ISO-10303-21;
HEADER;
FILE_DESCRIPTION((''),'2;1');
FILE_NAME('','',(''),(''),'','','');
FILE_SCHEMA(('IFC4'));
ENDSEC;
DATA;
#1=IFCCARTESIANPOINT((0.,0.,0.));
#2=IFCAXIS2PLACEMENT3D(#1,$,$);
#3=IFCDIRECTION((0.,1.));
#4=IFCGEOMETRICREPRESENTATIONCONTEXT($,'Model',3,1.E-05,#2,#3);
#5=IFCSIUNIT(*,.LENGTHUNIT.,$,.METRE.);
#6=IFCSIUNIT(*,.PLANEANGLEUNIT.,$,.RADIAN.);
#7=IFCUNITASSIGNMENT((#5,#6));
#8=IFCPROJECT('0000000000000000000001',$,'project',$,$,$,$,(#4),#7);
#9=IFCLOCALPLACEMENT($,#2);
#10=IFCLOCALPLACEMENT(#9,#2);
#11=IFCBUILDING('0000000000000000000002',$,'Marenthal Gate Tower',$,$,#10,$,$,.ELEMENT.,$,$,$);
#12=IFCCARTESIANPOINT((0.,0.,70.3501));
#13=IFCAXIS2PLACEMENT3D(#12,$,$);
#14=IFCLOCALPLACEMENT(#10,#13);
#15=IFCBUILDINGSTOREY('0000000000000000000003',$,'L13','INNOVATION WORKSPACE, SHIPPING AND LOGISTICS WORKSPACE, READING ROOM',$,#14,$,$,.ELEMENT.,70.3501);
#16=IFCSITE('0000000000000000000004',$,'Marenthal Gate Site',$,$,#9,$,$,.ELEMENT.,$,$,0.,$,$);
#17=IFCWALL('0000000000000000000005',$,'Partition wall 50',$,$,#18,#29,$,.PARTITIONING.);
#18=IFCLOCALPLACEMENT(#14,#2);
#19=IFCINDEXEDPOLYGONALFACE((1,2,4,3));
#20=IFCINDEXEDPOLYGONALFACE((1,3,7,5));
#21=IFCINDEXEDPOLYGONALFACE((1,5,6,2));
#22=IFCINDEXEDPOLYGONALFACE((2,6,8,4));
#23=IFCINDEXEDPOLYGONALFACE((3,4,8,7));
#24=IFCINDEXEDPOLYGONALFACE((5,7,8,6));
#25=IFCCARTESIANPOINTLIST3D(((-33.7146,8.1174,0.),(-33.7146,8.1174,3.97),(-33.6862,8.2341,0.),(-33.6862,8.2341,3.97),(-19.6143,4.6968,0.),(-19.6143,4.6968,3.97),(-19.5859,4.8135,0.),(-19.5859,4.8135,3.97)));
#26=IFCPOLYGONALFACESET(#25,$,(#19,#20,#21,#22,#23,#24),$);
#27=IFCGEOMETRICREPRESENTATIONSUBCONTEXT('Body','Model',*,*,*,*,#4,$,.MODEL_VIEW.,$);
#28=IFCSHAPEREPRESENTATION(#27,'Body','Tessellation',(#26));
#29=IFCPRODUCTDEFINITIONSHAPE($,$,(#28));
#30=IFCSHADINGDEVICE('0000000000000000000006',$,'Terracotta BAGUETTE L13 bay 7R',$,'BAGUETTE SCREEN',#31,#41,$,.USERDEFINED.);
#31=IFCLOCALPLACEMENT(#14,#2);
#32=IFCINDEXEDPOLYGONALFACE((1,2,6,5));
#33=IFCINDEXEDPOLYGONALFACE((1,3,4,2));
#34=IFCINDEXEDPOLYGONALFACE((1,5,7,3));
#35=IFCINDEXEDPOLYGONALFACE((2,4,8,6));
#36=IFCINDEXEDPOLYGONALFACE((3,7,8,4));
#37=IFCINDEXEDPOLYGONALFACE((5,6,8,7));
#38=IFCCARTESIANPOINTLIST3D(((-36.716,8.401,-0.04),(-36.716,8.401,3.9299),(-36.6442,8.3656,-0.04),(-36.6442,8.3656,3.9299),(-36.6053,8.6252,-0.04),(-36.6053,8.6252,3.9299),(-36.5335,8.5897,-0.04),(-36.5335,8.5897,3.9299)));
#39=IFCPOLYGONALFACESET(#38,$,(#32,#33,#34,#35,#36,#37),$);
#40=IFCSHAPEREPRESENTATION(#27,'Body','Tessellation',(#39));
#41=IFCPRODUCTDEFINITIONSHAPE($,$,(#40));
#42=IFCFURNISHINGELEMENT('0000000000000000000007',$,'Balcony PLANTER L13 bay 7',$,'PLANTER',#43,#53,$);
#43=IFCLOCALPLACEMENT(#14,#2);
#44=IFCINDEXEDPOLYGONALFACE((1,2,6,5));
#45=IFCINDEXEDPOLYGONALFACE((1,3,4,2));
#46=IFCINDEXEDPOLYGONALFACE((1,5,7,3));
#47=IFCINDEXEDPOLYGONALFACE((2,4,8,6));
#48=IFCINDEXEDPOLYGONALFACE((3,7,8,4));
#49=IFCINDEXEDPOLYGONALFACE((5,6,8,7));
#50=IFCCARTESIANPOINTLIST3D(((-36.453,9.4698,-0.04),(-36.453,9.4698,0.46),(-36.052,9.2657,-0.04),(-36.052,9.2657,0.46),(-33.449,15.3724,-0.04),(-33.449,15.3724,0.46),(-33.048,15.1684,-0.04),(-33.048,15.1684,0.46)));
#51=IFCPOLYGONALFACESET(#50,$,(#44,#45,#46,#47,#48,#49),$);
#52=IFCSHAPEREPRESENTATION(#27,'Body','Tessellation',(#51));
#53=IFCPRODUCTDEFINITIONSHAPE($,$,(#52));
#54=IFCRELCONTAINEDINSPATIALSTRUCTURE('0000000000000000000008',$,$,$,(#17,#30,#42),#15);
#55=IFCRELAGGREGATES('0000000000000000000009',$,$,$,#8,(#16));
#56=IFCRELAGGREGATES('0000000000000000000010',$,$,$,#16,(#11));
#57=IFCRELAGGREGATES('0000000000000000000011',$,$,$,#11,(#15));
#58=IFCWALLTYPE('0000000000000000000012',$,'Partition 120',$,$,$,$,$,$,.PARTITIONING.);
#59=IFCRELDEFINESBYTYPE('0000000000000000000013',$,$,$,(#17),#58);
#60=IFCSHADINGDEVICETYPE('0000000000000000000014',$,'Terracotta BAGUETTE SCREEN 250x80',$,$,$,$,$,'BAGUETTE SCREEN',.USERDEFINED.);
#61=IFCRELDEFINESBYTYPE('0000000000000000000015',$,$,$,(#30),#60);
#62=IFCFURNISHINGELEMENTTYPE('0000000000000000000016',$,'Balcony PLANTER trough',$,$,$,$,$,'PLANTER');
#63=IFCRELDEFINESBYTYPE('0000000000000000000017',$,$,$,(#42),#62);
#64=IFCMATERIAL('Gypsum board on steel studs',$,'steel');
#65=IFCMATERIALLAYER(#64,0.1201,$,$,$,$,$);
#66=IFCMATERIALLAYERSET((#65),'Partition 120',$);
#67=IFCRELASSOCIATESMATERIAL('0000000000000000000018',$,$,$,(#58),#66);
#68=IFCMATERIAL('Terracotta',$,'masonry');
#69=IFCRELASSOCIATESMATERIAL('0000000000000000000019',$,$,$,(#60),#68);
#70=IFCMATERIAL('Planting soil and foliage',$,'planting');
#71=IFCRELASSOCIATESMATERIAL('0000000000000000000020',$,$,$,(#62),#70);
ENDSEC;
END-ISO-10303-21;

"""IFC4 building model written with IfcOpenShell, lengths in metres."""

from ifc_helpers import new_model, si_unit, direction, frame, frame_2d, origin, origin_2d, place, context, subcontext, project, spatial, rectangle, extrude, material, layer, layer_set, material_profile, profile_set, type_object, element, save


model = new_model("IFC4")

# Units and contexts
model_context = context("Model", 3, precision=1e-05, world=origin(), true_north=direction((0.0, 1.0)))
body_context = subcontext(model_context, "Body", "Model", "MODEL_VIEW")
ifc_project = project(units=[si_unit("LENGTHUNIT", "METRE"), si_unit("PLANEANGLEUNIT", "RADIAN")], contexts=[model_context])

# Site, building, storey
site_placement = place(None, origin())
site = spatial("IfcSite", under=ifc_project, at=site_placement, Name="Marenthal Gate Site", CompositionType="ELEMENT", RefElevation=0.0)
building_placement = place(site_placement, origin())
building = spatial("IfcBuilding", under=site, at=building_placement, Name="Marenthal Gate Tower", CompositionType="ELEMENT")
storey_placement = place(building_placement, frame((0.0, 0.0, 70.3501)))
storey = spatial("IfcBuildingStorey", under=building, at=storey_placement, Name="L13", Description="INNOVATION WORKSPACE, SHIPPING AND LOGISTICS WORKSPACE, READING ROOM", CompositionType="ELEMENT", Elevation=70.3501)

# Wall
ifc_material_1 = material(Name="Gypsum board on steel studs", Category="steel")
ifc_layer_1 = layer(ifc_material_1, 0.1201)
ifc_layer_set_1 = layer_set([ifc_layer_1], Name="Partition 120")
wall_type = type_object("IfcWallType", Name="Partition 120", PredefinedType="PARTITIONING", material=ifc_layer_set_1)
wall_1_placement = place(storey_placement, frame((-19.6001, 4.7551, 0.0), z_axis=(0.0, 0.0, 1.0), x_axis=(-0.971812, 0.235756, 0.0)))
element("IfcWall", 1, at=wall_1_placement, inside=storey, type_object=wall_type, Name="Partition wall 50", PredefinedType="PARTITIONING", context=body_context, shape_type="SweptSolid", body=[
    extrude(rectangle(XDim=14.5093, YDim=0.1201, at=frame_2d((7.2546, 0.0))), origin(), (0.0, 0.0, 1.0), 3.97),
])

# Shading device
ifc_material_2 = material(Name="Terracotta", Category="masonry")
ifc_material_profile_1 = material_profile(ifc_material_2, rectangle(XDim=0.25, YDim=0.0801, at=origin_2d()), Name="Terracotta baguette 250x80")
ifc_profile_set_1 = profile_set([ifc_material_profile_1], Name="Terracotta")
shading_device_type = type_object("IfcShadingDeviceType", Name="Terracotta BAGUETTE SCREEN 250x80", ElementType="BAGUETTE SCREEN", PredefinedType="USERDEFINED", material=ifc_profile_set_1)
shading_device_placement = place(storey_placement, frame((-36.6248, 8.4954, -0.04), z_axis=(0.0, 0.0, 1.0), x_axis=(-0.442939, -0.896552, 0.0)))
element("IfcShadingDevice", 2, at=shading_device_placement, inside=storey, type_object=shading_device_type, Name="Terracotta BAGUETTE L13 bay 7R", ObjectType="BAGUETTE SCREEN", PredefinedType="USERDEFINED", context=body_context, shape_type="SweptSolid", body=[
    extrude(rectangle(XDim=0.25, YDim=0.0801, at=origin_2d()), origin(), (0.0, 0.0, 1.0), 3.97),
])

# Furnishing element
ifc_material_3 = material(Name="Planting soil and foliage", Category="planting")
furnishing_element_type = type_object("IfcFurnishingElementType", Name="Balcony PLANTER trough", ElementType="PLANTER", material=ifc_material_3)
furnishing_placement = place(storey_placement, frame((-34.7505, 12.3191, -0.04), z_axis=(0.0, 0.0, 1.0), x_axis=(-0.453561, -0.891225, 0.0)))
element("IfcFurnishingElement", 3, at=furnishing_placement, inside=storey, type_object=furnishing_element_type, Name="Balcony PLANTER L13 bay 7", ObjectType="PLANTER", context=body_context, shape_type="SweptSolid", body=[
    extrude(rectangle(XDim=6.623, YDim=0.45, at=origin_2d()), origin(), (0.0, 0.0, 1.0), 0.5),
])

save(model, "model.ifc")
